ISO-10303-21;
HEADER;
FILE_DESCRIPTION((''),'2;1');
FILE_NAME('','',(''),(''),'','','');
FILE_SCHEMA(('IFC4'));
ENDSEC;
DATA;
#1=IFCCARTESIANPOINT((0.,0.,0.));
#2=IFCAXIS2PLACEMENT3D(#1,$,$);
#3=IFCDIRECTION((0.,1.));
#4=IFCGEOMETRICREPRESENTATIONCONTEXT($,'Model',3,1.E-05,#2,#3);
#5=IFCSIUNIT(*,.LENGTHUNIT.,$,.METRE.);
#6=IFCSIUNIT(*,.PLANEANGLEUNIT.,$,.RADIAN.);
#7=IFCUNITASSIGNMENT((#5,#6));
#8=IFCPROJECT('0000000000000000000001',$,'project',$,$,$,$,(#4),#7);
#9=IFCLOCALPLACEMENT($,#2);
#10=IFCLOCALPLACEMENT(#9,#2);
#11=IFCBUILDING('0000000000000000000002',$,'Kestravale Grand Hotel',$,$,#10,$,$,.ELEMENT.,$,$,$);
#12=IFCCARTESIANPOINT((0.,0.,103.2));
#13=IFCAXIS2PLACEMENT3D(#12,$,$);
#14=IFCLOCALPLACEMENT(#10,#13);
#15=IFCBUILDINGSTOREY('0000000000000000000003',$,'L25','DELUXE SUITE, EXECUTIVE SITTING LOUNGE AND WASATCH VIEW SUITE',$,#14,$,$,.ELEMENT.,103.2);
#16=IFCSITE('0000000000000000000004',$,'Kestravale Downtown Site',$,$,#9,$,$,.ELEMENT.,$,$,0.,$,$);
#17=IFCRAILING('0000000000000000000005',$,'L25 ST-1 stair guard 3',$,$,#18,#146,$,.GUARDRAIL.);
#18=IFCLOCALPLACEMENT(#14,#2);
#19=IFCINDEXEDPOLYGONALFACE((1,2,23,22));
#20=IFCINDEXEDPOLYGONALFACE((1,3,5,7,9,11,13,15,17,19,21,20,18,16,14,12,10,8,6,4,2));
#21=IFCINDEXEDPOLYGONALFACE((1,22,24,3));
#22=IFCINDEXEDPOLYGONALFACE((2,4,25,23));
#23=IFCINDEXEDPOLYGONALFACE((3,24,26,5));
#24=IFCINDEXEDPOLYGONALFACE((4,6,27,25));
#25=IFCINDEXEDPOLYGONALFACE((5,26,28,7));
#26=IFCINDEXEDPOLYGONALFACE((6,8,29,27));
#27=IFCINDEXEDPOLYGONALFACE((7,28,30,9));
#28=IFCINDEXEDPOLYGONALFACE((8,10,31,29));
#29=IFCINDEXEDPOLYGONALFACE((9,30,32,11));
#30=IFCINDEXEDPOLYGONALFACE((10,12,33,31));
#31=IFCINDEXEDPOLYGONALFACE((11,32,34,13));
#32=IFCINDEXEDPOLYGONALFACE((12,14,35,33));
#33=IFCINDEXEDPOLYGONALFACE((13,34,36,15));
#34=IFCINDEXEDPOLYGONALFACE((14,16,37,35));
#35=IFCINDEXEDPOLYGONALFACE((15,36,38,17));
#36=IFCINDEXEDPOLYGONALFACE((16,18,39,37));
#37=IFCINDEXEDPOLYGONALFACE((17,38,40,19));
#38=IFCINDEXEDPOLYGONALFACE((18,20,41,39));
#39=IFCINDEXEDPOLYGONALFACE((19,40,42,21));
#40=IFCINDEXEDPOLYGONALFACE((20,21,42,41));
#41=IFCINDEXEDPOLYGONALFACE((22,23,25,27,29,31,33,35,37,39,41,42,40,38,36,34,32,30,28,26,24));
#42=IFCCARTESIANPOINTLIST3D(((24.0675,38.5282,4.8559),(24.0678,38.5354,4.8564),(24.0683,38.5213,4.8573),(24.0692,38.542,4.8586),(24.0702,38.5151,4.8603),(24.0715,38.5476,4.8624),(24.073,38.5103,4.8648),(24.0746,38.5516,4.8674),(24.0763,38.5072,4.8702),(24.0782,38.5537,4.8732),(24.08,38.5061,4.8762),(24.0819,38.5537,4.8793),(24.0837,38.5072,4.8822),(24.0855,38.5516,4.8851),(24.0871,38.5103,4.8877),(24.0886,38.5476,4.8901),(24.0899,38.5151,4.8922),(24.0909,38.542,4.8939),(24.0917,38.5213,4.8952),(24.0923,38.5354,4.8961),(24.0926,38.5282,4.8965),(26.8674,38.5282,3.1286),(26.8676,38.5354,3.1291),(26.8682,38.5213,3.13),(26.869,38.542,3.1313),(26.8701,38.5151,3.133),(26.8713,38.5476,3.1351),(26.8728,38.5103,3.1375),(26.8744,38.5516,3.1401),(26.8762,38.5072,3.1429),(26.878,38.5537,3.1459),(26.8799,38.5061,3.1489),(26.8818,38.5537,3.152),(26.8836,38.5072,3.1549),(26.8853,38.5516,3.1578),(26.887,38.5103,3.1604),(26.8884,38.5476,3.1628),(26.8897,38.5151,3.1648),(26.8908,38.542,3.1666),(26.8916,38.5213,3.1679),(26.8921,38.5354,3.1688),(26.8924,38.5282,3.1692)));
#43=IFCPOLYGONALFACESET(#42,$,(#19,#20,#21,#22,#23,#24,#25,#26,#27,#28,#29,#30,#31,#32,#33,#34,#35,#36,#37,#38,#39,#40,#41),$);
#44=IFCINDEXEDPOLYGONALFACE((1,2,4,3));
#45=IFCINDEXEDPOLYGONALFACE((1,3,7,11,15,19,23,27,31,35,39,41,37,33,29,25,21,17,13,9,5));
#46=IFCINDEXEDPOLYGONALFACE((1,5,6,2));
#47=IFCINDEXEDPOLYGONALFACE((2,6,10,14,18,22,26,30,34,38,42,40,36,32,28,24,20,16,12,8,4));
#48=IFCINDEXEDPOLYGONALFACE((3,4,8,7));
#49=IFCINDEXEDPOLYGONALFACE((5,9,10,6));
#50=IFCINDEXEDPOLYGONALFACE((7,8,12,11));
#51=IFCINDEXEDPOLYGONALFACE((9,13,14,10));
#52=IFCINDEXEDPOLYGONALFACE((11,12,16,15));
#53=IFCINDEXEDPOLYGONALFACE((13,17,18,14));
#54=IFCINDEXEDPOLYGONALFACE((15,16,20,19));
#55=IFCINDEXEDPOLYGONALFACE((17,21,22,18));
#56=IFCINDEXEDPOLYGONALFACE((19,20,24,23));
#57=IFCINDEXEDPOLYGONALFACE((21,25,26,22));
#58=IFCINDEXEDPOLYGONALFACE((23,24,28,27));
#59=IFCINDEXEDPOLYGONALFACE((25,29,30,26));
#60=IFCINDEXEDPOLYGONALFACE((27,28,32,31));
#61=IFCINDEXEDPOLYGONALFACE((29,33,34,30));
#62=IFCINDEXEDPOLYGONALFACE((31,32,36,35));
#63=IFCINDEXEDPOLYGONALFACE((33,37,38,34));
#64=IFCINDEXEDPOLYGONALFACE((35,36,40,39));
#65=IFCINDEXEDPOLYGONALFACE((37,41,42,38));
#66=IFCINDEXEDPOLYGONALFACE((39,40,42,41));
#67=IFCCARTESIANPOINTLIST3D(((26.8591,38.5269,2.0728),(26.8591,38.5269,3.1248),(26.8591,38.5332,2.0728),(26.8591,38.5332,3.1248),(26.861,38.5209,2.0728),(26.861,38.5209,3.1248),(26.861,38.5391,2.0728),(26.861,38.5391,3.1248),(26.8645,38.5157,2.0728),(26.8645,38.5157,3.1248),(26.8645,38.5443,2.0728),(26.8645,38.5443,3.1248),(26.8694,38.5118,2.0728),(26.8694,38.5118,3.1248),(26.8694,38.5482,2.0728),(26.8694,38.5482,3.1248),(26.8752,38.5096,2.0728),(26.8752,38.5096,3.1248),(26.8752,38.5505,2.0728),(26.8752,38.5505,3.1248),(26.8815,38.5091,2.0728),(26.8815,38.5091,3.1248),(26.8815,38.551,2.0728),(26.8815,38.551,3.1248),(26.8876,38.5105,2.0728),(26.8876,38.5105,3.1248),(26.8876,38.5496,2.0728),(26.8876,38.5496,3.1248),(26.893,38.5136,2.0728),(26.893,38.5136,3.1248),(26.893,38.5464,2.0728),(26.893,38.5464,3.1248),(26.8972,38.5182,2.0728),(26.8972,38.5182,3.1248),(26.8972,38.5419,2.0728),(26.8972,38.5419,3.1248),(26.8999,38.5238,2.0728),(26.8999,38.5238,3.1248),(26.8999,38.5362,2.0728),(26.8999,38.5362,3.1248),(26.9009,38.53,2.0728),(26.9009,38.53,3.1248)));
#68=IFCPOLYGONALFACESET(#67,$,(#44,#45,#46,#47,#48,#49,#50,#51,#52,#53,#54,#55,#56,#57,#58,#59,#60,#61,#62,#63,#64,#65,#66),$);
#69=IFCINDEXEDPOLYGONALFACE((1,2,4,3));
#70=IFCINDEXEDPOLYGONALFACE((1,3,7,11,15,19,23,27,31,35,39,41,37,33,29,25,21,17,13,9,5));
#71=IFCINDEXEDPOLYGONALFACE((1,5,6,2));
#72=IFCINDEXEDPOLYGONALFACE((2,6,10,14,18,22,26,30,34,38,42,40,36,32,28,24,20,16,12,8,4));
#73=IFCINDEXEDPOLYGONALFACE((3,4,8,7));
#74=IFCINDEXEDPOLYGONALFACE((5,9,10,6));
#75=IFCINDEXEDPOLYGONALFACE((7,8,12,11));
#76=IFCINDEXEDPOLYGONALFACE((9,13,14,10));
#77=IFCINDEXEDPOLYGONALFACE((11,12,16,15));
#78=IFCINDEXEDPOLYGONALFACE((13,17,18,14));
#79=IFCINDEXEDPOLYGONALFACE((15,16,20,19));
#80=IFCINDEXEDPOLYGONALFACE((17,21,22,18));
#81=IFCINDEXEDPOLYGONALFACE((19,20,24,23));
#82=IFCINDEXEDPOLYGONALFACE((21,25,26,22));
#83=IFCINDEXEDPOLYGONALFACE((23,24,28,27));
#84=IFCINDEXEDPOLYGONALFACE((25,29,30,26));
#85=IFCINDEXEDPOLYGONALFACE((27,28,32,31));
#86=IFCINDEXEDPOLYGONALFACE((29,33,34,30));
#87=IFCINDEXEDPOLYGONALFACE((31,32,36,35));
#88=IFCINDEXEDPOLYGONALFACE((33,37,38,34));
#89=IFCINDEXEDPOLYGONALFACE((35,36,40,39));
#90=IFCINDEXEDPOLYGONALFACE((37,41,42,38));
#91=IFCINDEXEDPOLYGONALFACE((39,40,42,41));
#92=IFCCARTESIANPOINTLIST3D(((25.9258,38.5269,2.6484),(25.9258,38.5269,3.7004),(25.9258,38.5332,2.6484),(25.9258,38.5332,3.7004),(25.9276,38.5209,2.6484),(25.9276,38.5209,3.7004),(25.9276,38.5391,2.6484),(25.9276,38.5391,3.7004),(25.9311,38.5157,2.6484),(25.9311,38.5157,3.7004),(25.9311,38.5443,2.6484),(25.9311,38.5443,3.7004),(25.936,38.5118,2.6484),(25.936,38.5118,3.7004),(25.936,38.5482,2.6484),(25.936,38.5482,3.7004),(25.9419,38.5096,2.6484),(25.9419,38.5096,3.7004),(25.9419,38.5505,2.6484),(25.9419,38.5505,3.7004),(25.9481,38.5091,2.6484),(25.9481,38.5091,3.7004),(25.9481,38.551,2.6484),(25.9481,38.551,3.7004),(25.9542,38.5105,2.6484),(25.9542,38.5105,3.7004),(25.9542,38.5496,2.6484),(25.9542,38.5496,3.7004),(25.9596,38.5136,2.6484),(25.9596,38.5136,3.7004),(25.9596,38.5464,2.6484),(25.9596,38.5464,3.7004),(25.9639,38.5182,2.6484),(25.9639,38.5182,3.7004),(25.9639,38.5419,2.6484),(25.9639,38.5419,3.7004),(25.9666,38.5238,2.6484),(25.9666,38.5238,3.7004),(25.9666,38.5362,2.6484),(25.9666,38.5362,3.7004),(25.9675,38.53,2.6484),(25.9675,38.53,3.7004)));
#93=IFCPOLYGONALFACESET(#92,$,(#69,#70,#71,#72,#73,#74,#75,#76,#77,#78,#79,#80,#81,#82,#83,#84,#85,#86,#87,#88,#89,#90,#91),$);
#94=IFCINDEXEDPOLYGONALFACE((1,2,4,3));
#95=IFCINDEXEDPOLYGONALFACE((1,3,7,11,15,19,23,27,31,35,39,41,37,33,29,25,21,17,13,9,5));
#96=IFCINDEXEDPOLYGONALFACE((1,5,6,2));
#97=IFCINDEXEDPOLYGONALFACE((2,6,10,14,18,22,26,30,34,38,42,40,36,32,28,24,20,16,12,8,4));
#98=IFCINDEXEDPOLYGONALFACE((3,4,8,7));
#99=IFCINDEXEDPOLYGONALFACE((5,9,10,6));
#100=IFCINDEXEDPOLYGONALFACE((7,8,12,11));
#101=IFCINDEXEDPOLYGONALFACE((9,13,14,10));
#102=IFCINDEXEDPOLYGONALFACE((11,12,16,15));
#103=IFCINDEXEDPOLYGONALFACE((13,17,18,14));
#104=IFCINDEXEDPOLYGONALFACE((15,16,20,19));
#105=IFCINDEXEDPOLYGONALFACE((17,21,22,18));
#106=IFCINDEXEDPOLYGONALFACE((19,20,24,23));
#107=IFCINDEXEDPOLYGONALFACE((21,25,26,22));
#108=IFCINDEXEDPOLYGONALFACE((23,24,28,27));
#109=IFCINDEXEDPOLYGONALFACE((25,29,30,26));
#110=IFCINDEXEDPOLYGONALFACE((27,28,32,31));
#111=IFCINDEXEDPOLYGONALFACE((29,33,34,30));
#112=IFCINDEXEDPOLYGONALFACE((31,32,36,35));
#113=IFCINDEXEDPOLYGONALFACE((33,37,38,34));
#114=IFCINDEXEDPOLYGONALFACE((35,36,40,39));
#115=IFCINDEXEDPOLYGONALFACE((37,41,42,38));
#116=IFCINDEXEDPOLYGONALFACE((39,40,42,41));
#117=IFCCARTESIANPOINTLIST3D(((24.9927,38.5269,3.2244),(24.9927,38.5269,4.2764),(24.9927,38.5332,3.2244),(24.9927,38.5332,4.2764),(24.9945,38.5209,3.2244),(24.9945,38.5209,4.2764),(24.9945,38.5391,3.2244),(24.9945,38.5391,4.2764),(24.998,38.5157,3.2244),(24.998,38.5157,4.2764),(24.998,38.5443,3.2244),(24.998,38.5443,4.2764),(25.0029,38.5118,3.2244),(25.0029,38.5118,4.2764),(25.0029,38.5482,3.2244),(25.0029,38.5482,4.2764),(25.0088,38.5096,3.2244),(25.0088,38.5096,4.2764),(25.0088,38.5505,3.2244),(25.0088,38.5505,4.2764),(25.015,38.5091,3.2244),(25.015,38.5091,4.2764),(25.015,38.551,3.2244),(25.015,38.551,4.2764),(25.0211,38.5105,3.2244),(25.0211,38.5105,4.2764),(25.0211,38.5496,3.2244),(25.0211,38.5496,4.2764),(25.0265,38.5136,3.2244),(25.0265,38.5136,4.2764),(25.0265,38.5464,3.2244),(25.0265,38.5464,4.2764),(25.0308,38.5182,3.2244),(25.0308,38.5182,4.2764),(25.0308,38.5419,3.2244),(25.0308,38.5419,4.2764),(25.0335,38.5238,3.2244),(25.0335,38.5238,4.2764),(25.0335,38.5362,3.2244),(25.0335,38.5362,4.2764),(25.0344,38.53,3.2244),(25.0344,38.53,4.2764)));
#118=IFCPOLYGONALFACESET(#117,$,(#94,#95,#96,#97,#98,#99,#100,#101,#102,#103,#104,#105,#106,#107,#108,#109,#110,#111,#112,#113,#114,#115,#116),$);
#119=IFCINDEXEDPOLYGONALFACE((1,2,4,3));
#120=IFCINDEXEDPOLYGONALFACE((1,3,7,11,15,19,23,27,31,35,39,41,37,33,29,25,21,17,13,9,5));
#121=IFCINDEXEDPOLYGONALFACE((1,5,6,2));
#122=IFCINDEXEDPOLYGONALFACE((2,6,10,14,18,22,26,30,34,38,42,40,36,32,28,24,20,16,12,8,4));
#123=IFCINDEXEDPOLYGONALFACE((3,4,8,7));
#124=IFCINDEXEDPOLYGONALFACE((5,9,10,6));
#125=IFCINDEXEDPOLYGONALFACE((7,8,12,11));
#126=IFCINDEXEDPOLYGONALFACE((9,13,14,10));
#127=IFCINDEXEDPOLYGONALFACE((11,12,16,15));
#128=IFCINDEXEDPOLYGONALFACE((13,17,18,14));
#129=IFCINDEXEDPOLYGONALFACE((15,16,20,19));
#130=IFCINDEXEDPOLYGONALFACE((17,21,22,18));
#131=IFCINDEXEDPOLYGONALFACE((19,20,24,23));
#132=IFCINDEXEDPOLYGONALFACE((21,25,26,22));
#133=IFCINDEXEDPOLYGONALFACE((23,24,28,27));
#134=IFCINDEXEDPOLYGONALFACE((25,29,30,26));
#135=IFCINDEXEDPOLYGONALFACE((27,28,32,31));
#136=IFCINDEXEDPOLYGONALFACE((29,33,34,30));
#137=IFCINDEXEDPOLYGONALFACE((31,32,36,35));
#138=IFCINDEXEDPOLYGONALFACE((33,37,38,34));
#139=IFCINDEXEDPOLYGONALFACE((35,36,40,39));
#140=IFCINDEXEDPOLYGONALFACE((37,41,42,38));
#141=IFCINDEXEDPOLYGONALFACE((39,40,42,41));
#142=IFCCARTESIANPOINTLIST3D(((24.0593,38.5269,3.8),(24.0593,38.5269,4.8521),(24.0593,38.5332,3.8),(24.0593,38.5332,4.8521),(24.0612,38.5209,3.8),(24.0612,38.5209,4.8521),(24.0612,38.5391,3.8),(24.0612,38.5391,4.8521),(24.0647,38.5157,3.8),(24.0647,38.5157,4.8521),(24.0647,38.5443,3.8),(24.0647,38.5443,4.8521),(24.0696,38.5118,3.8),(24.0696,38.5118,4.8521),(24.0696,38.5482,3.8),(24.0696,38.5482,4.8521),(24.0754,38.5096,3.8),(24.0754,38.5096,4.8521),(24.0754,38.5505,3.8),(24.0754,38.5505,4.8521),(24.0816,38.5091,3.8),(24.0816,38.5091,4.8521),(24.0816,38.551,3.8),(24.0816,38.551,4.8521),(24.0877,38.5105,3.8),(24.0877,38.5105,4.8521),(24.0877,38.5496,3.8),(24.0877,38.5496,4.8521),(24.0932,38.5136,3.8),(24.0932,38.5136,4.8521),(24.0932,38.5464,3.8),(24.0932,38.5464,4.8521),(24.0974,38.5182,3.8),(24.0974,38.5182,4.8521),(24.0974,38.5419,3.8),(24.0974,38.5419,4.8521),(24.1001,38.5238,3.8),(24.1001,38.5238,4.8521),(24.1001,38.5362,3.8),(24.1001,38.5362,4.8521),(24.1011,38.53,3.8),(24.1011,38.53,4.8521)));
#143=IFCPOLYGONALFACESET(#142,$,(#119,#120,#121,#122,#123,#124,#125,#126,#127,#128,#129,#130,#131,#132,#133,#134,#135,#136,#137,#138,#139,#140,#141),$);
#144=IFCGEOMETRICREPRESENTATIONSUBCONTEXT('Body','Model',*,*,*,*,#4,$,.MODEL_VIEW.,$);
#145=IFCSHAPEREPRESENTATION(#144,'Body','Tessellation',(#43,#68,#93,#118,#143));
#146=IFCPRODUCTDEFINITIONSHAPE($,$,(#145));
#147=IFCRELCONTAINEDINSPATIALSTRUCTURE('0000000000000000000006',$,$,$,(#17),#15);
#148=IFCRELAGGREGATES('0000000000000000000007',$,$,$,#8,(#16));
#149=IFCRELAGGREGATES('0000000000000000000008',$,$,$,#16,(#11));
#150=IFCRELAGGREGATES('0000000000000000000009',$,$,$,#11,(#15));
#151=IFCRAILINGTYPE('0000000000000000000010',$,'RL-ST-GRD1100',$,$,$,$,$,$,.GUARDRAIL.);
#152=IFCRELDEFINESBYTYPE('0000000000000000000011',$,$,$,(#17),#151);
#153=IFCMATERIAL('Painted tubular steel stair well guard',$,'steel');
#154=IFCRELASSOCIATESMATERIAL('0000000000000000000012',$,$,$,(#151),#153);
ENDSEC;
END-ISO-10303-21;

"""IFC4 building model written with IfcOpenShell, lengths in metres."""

from ifc_helpers import new_model, si_unit, direction, frame, origin, origin_2d, place, context, subcontext, project, spatial, circle, extrude, material, type_object, element, save


model = new_model("IFC4")

# Units and contexts
model_context = context("Model", 3, precision=1e-05, world=origin(), true_north=direction((0.0, 1.0)))
body_context = subcontext(model_context, "Body", "Model", "MODEL_VIEW")
ifc_project = project(units=[si_unit("LENGTHUNIT", "METRE"), si_unit("PLANEANGLEUNIT", "RADIAN")], contexts=[model_context])

# Site, building, storey
site_placement = place(None, origin())
site = spatial("IfcSite", under=ifc_project, at=site_placement, Name="Kestravale Downtown Site", CompositionType="ELEMENT", RefElevation=0.0)
building_placement = place(site_placement, origin())
building = spatial("IfcBuilding", under=site, at=building_placement, Name="Kestravale Grand Hotel", CompositionType="ELEMENT")
storey_placement = place(building_placement, frame((0.0, 0.0, 103.2)))
storey = spatial("IfcBuildingStorey", under=building, at=storey_placement, Name="L25", Description="DELUXE SUITE, EXECUTIVE SITTING LOUNGE AND WASATCH VIEW SUITE", CompositionType="ELEMENT", Elevation=103.2)

# Railing
ifc_material_1 = material(Name="Painted tubular steel stair well guard", Category="steel")
railing_type_1 = type_object("IfcRailingType", Name="RL-ST-GRD1100", PredefinedType="GUARDRAIL", material=ifc_material_1)
railing_1_placement = place(storey_placement, frame((26.8799, 38.53, 2.0728)))
element("IfcRailing", 1, at=railing_1_placement, inside=storey, type_object=railing_type_1, Name="L25 ST-1 stair guard 3", PredefinedType="GUARDRAIL", context=body_context, shape_type="SweptSolid", body=[
    extrude(circle(Radius=0.0239, at=origin_2d()), frame((0.0, 0.0, 1.0762), z_axis=(-0.851069, 0.0, 0.525054), x_axis=(0.0, -1.0, 0.0)), (0.0, 0.0, 1.0), 3.2898),
    extrude(circle(Radius=0.021, at=origin_2d()), origin(), (0.0, 0.0, 1.0), 1.052),
    extrude(circle(Radius=0.021, at=origin_2d()), frame((-0.9333, 0.0, 0.5757)), (0.0, 0.0, 1.0), 1.052),
    extrude(circle(Radius=0.021, at=origin_2d()), frame((-1.8665, 0.0, 1.1516)), (0.0, 0.0, 1.0), 1.052),
    extrude(circle(Radius=0.021, at=origin_2d()), frame((-2.7998, 0.0, 1.7273)), (0.0, 0.0, 1.0), 1.052),
])

save(model, "model.ifc")
